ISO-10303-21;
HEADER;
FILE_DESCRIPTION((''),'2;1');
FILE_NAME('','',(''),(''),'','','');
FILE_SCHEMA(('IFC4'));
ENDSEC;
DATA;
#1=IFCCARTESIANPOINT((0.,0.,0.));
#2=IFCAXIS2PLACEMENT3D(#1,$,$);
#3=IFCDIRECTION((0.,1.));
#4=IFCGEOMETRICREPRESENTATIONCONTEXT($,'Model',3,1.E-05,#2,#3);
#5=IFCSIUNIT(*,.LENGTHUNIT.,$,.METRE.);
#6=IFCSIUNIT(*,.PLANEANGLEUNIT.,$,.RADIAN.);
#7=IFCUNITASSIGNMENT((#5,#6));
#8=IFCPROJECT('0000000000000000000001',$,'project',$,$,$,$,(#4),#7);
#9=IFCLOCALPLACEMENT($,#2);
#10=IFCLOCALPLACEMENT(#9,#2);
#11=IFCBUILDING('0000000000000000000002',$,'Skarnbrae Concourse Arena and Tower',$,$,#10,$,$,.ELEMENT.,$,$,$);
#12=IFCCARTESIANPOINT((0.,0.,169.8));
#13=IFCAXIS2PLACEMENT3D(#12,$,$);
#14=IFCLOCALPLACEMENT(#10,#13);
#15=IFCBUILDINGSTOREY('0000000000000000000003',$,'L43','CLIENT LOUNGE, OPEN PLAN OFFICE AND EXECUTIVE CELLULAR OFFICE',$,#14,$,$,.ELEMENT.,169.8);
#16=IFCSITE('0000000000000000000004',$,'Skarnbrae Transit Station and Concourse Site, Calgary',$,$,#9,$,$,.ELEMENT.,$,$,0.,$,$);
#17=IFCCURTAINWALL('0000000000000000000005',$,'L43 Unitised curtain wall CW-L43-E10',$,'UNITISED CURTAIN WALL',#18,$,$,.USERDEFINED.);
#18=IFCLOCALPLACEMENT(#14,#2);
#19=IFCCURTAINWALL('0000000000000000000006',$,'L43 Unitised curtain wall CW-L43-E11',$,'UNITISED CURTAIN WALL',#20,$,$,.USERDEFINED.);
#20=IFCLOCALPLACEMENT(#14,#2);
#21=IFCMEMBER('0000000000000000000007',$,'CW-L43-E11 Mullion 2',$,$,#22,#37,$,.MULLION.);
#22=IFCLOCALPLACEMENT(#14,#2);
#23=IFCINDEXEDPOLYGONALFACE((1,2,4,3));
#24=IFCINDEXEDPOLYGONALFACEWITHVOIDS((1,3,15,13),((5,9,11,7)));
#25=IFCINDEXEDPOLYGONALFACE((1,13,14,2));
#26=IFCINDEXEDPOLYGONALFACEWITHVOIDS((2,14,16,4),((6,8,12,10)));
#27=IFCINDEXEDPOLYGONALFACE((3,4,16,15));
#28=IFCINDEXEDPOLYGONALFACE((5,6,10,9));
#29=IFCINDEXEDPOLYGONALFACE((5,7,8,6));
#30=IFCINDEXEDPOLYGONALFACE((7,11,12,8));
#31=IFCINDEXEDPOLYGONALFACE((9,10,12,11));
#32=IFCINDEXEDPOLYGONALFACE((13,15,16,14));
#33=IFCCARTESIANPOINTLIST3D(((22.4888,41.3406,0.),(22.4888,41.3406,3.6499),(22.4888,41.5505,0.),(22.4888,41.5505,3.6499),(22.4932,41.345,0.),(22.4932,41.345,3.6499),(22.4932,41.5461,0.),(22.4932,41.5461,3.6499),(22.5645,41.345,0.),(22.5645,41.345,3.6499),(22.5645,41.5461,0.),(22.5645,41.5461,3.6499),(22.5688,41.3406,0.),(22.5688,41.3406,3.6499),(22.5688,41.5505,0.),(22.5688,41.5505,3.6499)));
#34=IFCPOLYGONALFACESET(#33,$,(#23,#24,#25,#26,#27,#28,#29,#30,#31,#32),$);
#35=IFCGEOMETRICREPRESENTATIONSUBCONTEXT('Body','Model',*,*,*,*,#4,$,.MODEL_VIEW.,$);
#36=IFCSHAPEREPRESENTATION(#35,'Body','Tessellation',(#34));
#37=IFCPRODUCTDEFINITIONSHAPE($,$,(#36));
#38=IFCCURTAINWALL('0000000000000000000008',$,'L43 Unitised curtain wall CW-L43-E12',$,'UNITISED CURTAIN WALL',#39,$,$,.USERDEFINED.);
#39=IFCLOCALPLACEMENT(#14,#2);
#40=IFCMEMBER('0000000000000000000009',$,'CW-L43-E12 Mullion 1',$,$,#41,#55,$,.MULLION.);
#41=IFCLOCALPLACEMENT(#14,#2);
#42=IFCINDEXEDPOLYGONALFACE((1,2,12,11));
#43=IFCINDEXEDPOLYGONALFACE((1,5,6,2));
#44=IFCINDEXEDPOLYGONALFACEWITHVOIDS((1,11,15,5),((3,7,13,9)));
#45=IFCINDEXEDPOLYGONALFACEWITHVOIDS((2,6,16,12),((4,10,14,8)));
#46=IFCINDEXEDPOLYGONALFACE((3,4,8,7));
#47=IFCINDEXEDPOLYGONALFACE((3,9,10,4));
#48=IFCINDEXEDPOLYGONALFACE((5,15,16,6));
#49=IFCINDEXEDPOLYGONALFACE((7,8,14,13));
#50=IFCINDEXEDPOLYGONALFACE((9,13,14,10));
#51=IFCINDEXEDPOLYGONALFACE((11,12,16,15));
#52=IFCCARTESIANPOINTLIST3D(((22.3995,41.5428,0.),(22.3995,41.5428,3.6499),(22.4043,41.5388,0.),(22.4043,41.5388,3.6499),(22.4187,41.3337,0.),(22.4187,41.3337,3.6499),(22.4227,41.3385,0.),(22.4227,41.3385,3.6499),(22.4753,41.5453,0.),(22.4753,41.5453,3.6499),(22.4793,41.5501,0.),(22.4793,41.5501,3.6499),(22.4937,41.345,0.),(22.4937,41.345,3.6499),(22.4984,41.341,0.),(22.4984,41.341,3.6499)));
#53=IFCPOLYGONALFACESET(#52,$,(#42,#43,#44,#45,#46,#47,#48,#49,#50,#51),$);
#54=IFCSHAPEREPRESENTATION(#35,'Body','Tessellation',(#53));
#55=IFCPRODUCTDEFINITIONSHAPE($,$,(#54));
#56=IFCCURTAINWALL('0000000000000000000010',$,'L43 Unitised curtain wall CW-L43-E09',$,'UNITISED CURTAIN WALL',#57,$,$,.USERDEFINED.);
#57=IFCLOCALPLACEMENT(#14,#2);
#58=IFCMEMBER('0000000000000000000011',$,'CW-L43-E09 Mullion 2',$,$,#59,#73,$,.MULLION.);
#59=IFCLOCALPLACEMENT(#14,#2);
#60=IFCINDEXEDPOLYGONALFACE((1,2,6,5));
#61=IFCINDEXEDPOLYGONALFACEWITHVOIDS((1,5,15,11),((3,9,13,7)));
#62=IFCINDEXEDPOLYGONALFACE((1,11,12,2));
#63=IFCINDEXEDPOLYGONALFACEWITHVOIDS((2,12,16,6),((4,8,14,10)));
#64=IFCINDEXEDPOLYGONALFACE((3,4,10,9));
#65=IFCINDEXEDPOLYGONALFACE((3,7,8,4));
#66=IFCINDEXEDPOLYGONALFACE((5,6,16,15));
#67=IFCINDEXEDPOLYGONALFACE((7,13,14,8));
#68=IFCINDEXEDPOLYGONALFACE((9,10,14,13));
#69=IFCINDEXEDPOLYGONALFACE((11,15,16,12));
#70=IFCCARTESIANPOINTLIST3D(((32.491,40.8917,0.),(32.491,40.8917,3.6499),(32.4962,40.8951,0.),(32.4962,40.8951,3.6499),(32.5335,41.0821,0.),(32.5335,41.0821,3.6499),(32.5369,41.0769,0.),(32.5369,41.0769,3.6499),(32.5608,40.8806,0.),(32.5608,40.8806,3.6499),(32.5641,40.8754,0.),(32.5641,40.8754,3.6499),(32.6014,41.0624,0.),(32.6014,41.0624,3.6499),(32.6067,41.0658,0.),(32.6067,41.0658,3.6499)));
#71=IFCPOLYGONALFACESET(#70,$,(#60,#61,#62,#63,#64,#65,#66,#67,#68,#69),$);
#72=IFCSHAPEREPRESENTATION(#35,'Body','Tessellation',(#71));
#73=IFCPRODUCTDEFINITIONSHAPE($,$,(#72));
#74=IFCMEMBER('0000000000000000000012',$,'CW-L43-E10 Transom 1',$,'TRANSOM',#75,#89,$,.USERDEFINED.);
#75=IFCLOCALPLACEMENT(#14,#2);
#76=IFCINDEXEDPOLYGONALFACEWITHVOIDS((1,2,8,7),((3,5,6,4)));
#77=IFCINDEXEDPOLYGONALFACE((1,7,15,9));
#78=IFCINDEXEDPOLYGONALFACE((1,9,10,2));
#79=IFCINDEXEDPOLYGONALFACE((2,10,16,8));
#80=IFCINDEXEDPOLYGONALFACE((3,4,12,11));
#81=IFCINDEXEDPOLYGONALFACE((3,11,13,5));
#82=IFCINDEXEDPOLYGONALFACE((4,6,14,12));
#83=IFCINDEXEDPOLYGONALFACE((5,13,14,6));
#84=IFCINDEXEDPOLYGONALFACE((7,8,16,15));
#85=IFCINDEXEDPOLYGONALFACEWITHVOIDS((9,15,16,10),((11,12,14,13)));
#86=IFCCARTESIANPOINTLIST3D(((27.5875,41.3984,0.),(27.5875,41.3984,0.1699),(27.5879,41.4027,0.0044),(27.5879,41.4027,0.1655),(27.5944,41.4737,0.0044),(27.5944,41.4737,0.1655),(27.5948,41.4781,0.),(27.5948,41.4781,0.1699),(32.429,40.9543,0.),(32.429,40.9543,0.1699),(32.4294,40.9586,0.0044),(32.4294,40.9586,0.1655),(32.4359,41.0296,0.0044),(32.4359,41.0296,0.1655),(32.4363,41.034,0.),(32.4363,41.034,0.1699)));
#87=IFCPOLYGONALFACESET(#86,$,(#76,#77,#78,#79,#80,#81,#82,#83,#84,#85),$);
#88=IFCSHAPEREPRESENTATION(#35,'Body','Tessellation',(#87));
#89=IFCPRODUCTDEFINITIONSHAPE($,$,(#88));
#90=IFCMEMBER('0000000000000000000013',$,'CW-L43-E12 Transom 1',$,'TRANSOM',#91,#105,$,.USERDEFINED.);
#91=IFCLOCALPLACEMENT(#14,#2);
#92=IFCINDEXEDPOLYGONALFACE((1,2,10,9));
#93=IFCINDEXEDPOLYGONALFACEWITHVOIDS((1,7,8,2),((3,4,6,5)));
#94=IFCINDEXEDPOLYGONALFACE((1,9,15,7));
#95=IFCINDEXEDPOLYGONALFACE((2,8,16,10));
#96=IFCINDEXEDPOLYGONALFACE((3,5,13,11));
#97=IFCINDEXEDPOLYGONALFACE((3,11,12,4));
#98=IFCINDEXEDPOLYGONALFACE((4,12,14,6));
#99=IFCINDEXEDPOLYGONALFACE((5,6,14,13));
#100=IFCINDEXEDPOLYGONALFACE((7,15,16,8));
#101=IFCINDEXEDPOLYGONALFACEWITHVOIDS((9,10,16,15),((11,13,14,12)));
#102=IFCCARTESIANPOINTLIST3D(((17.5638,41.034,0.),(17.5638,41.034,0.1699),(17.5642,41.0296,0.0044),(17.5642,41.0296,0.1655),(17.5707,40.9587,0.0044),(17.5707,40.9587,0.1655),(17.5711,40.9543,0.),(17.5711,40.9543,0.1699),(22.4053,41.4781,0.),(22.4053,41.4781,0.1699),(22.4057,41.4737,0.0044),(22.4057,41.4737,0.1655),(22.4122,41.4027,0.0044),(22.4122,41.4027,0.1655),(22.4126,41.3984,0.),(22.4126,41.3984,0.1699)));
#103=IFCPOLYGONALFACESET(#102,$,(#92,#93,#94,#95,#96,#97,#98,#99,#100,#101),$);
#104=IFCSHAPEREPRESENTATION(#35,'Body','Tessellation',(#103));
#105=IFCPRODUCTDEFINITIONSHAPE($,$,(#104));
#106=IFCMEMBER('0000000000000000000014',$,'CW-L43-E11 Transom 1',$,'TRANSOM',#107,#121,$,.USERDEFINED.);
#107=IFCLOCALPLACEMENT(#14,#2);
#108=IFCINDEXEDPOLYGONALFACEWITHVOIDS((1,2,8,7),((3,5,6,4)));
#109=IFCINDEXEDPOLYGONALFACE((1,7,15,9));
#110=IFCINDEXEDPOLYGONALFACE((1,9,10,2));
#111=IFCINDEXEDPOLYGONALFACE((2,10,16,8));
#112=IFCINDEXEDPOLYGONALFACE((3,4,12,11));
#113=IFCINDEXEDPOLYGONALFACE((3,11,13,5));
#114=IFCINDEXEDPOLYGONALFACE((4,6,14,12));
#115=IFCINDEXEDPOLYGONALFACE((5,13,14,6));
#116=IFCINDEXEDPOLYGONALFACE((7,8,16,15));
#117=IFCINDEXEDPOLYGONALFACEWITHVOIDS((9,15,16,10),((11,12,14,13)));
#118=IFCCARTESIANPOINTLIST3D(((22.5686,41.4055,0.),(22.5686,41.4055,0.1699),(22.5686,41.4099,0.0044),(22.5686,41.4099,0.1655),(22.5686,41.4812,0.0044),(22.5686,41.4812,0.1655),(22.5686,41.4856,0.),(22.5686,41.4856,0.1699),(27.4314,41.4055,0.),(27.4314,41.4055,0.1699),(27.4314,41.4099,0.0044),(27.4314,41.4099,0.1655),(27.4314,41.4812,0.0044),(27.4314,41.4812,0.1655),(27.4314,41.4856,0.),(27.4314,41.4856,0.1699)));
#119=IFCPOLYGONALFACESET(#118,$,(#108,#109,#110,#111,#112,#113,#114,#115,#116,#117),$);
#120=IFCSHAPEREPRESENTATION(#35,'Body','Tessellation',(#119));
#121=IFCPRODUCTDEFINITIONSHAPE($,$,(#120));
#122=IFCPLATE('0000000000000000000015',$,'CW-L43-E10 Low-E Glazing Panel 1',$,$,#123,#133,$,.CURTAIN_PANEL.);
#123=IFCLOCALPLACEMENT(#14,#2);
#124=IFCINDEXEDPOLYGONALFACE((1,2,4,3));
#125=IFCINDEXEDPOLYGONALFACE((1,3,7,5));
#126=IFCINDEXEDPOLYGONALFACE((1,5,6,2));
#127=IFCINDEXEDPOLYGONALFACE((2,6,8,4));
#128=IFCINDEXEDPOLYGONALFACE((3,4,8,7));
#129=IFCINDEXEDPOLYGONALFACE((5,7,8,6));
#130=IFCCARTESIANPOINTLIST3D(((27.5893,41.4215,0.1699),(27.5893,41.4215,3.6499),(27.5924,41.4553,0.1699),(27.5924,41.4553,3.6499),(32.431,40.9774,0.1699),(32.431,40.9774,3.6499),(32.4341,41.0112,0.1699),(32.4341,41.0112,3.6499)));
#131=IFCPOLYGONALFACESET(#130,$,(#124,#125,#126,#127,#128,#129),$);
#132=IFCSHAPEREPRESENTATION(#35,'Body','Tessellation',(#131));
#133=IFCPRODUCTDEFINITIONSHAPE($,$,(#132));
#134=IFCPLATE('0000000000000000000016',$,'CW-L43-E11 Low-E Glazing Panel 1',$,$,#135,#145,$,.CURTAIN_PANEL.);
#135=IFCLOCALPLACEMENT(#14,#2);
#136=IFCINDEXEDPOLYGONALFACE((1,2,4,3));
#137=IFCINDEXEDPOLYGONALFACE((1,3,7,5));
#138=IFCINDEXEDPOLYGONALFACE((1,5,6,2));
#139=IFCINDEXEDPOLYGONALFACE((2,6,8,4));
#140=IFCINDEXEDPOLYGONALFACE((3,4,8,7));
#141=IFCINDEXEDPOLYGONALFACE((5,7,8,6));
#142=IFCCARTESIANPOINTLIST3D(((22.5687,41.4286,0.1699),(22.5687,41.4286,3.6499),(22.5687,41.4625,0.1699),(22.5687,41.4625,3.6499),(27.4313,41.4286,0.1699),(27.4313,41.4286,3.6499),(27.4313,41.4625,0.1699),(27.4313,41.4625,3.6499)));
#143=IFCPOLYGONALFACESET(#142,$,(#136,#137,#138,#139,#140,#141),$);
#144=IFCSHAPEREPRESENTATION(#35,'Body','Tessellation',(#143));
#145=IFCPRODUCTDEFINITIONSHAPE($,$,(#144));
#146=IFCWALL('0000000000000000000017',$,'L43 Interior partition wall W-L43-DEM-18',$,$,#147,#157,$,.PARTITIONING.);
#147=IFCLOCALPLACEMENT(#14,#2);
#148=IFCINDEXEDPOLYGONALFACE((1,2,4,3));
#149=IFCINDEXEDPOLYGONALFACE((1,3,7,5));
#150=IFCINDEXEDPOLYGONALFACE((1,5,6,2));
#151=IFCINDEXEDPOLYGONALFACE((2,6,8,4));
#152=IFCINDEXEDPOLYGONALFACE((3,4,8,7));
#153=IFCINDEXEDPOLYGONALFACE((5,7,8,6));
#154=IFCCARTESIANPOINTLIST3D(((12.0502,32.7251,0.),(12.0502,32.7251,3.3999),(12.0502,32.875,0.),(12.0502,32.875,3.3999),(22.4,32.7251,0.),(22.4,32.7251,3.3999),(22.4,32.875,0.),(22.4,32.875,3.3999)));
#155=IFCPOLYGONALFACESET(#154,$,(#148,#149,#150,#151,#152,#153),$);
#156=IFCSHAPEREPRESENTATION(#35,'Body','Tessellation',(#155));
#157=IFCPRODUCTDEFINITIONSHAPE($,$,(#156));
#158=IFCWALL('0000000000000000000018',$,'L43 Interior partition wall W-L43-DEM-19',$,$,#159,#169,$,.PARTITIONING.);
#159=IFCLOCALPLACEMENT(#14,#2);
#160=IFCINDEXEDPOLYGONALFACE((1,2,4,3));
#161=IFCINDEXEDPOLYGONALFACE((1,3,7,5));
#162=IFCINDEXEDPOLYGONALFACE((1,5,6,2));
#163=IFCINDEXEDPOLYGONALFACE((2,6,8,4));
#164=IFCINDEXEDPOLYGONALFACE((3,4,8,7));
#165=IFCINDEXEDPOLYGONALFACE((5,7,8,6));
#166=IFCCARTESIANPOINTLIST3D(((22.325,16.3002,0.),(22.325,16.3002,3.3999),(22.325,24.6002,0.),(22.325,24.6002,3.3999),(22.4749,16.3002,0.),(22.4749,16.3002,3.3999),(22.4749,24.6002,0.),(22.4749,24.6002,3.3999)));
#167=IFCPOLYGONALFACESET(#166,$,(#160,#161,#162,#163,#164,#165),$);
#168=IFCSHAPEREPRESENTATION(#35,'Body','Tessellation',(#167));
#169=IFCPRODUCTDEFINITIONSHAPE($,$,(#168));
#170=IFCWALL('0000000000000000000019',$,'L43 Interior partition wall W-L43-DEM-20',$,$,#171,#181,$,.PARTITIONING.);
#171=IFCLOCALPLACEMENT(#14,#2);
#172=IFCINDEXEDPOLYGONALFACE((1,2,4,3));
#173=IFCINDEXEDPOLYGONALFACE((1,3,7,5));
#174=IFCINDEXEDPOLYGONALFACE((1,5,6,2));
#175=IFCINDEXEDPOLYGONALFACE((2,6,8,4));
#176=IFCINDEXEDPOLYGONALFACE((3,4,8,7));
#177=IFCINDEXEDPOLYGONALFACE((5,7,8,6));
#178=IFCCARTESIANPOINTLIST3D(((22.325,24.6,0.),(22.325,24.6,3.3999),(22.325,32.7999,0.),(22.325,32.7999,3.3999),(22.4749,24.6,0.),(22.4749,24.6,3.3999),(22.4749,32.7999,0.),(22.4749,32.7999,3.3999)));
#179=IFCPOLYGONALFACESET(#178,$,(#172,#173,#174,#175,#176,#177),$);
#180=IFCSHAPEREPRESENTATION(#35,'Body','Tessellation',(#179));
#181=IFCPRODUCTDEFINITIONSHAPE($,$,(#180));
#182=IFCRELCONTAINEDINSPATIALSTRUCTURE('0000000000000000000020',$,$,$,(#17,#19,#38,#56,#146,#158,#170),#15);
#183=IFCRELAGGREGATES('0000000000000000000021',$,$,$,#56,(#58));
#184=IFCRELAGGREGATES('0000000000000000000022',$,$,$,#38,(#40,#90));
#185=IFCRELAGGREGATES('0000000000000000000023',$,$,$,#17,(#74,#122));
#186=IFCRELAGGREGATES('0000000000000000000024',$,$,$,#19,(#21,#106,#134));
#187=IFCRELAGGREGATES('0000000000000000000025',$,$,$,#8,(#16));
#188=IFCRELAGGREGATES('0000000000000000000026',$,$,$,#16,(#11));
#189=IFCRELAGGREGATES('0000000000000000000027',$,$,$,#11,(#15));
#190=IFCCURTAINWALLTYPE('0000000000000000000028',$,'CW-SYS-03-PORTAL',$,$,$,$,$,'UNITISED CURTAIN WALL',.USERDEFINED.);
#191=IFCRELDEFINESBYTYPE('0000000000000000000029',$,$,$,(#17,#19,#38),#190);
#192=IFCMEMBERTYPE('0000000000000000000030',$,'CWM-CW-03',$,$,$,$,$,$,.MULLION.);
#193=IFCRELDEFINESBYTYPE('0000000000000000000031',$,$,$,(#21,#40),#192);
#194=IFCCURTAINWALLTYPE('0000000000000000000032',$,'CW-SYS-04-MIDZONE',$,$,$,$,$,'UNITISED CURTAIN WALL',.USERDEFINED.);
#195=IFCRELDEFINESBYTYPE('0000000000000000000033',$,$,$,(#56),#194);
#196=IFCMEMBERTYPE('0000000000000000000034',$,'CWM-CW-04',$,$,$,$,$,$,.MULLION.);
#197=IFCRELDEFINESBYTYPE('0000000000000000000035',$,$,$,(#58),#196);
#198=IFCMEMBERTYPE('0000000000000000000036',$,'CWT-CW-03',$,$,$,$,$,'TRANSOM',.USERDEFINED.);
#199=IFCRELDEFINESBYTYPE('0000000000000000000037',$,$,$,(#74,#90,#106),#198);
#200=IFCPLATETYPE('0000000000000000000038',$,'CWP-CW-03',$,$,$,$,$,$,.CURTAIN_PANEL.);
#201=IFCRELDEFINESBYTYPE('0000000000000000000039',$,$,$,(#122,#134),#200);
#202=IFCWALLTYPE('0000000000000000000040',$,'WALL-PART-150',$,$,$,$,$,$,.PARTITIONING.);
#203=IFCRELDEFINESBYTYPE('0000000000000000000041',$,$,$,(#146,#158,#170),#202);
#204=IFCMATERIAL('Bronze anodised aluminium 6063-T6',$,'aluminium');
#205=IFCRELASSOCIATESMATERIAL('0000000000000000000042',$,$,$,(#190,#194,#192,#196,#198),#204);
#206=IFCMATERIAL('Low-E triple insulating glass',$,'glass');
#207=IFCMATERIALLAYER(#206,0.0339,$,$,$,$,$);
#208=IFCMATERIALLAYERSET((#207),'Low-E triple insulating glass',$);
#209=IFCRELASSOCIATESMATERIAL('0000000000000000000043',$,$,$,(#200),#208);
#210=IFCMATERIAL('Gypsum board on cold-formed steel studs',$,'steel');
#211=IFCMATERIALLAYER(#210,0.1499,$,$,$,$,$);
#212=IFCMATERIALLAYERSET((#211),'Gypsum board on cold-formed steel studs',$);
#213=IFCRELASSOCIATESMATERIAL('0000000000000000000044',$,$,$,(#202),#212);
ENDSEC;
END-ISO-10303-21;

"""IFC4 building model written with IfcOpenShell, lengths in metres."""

from ifc_helpers import new_model, si_unit, direction, frame, frame_2d, origin, origin_2d, place, context, subcontext, project, spatial, rectangle, hollow_rectangle, extrude, source, transform, mapped, material, layer, layer_set, material_profile, profile_set, type_object, element, aggregate, save


model = new_model("IFC4")

# Units and contexts
model_context = context("Model", 3, precision=1e-05, world=origin(), true_north=direction((0.0, 1.0)))
body_context = subcontext(model_context, "Body", "Model", "MODEL_VIEW")
ifc_project = project(units=[si_unit("LENGTHUNIT", "METRE"), si_unit("PLANEANGLEUNIT", "RADIAN")], contexts=[model_context])

# Site, building, storey
site_placement = place(None, origin())
site = spatial("IfcSite", under=ifc_project, at=site_placement, Name="Skarnbrae Transit Station and Concourse Site, Calgary", CompositionType="ELEMENT", RefElevation=0.0)
building_placement = place(site_placement, origin())
building = spatial("IfcBuilding", under=site, at=building_placement, Name="Skarnbrae Concourse Arena and Tower", CompositionType="ELEMENT")
storey_placement = place(building_placement, frame((0.0, 0.0, 169.8)))
storey = spatial("IfcBuildingStorey", under=building, at=storey_placement, Name="L43", Description="CLIENT LOUNGE, OPEN PLAN OFFICE AND EXECUTIVE CELLULAR OFFICE", CompositionType="ELEMENT", Elevation=169.8)

# Curtain walls, member
ifc_material_1 = material(Name="Bronze anodised aluminium 6063-T6", Category="aluminium")
curtain_wall_type_1 = type_object("IfcCurtainWallType", Name="CW-SYS-03-PORTAL", ElementType="UNITISED CURTAIN WALL", PredefinedType="USERDEFINED", material=ifc_material_1)
curtain_wall_1_placement = place(storey_placement, origin())
curtain_wall_1 = element("IfcCurtainWall", 1, at=curtain_wall_1_placement, inside=storey, type_object=curtain_wall_type_1, Name="L43 Unitised curtain wall CW-L43-E10", ObjectType="UNITISED CURTAIN WALL", PredefinedType="USERDEFINED")
ifc_material_profile_1 = material_profile(ifc_material_1, hollow_rectangle(XDim=0.0801, YDim=0.21, WallThickness=0.0044, at=origin_2d()), Name="ALU-MULL-80X210")
ifc_profile_set_1 = profile_set([ifc_material_profile_1], Name="Bronze anodised aluminium 6063-T6")
member_type_1 = type_object("IfcMemberType", Name="CWM-CW-03", PredefinedType="MULLION", material=ifc_profile_set_1)
shared_shape_1 = source(origin(), body_context, "Body", "SweptSolid", [
    extrude(hollow_rectangle(XDim=0.0801, YDim=0.21, WallThickness=0.0044, at=origin_2d()), origin(), (0.0, 0.0, 1.0), 3.6499),
])
curtain_wall_2_placement = place(storey_placement, origin())
curtain_wall_2 = element("IfcCurtainWall", 2, at=curtain_wall_2_placement, inside=storey, type_object=curtain_wall_type_1, Name="L43 Unitised curtain wall CW-L43-E11", ObjectType="UNITISED CURTAIN WALL", PredefinedType="USERDEFINED")
member_1_placement = place(storey_placement, frame((22.5288, 41.4456, 0.0), z_axis=(0.0, 0.0, 1.0), x_axis=(-1.0, 0.0, 0.0)))
member_1 = element("IfcMember", 3, at=member_1_placement, type_object=member_type_1, Name="CW-L43-E11 Mullion 2", PredefinedType="MULLION", context=body_context, shape_type="MappedRepresentation", body=[
    mapped(shared_shape_1, transform((0.0, 0.0, 0.0))),
])

# Curtain walls, members
curtain_wall_3_placement = place(storey_placement, origin())
curtain_wall_3 = element("IfcCurtainWall", 4, at=curtain_wall_3_placement, inside=storey, type_object=curtain_wall_type_1, Name="L43 Unitised curtain wall CW-L43-E12", ObjectType="UNITISED CURTAIN WALL", PredefinedType="USERDEFINED")
member_2_placement = place(storey_placement, frame((22.449, 41.4419, 0.0), z_axis=(0.0, 0.0, 1.0), x_axis=(-0.99582, -0.091338, 0.0)))
member_2 = element("IfcMember", 5, at=member_2_placement, type_object=member_type_1, Name="CW-L43-E12 Mullion 1", PredefinedType="MULLION", context=body_context, shape_type="MappedRepresentation", body=[
    mapped(shared_shape_1, transform((0.0, 0.0, 0.0))),
])
curtain_wall_type_2 = type_object("IfcCurtainWallType", Name="CW-SYS-04-MIDZONE", ElementType="UNITISED CURTAIN WALL", PredefinedType="USERDEFINED", material=ifc_material_1)
curtain_wall_4_placement = place(storey_placement, origin())
curtain_wall_4 = element("IfcCurtainWall", 6, at=curtain_wall_4_placement, inside=storey, type_object=curtain_wall_type_2, Name="L43 Unitised curtain wall CW-L43-E09", ObjectType="UNITISED CURTAIN WALL", PredefinedType="USERDEFINED")
ifc_material_profile_2 = material_profile(ifc_material_1, hollow_rectangle(XDim=0.075, YDim=0.1951, WallThickness=0.0044, at=origin_2d()), Name="ALU-MULL-75X195")
ifc_profile_set_2 = profile_set([ifc_material_profile_2], Name="Bronze anodised aluminium 6063-T6")
member_type_2 = type_object("IfcMemberType", Name="CWM-CW-04", PredefinedType="MULLION", material=ifc_profile_set_2)
shared_shape_2 = source(origin(), body_context, "Body", "SweptSolid", [
    extrude(hollow_rectangle(XDim=0.075, YDim=0.1951, WallThickness=0.0044, at=origin_2d()), origin(), (0.0, 0.0, 1.0), 3.6499),
])
member_3_placement = place(storey_placement, frame((32.5488, 40.9788, 0.0), z_axis=(0.0, 0.0, 1.0), x_axis=(-0.975936, 0.218056, 0.0)))
member_3 = element("IfcMember", 7, at=member_3_placement, type_object=member_type_2, Name="CW-L43-E09 Mullion 2", PredefinedType="MULLION", context=body_context, shape_type="MappedRepresentation", body=[
    mapped(shared_shape_2, transform((0.0, 0.0, 0.0))),
])
aggregate(curtain_wall_4, [member_3])

# Members
ifc_material_profile_3 = material_profile(ifc_material_1, hollow_rectangle(XDim=0.0801, YDim=0.1699, WallThickness=0.0044, at=origin_2d()), Name="ALU-TRAN-80X170")
ifc_profile_set_3 = profile_set([ifc_material_profile_3], Name="Bronze anodised aluminium 6063-T6")
member_type_3 = type_object("IfcMemberType", Name="CWT-CW-03", ElementType="TRANSOM", PredefinedType="USERDEFINED", material=ifc_profile_set_3)
shared_shape_3 = source(origin(), body_context, "Body", "SweptSolid", [
    extrude(hollow_rectangle(XDim=0.0801, YDim=0.1699, WallThickness=0.0044, at=origin_2d()), origin(), (0.0, 0.0, 1.0), 4.8618),
])
member_4_placement = place(storey_placement, frame((32.4326, 40.9941, 0.085), z_axis=(-0.99582, 0.091342, 0.0), x_axis=(-0.091342, -0.99582, 0.0)))
member_4 = element("IfcMember", 8, at=member_4_placement, type_object=member_type_3, Name="CW-L43-E10 Transom 1", ObjectType="TRANSOM", PredefinedType="USERDEFINED", context=body_context, shape_type="MappedRepresentation", body=[
    mapped(shared_shape_3, transform((0.0, 0.0, 0.0))),
])
member_5_placement = place(storey_placement, frame((22.4089, 41.4382, 0.085), z_axis=(-0.99582, -0.091342, 0.0), x_axis=(0.091342, -0.99582, 0.0)))
member_5 = element("IfcMember", 9, at=member_5_placement, type_object=member_type_3, Name="CW-L43-E12 Transom 1", ObjectType="TRANSOM", PredefinedType="USERDEFINED", context=body_context, shape_type="MappedRepresentation", body=[
    mapped(shared_shape_3, transform((0.0, 0.0, 0.0))),
])
aggregate(curtain_wall_3, [member_2, member_5])
shared_shape_4 = source(origin(), body_context, "Body", "SweptSolid", [
    extrude(hollow_rectangle(XDim=0.0801, YDim=0.1699, WallThickness=0.0044, at=origin_2d()), origin(), (0.0, 0.0, 1.0), 4.8628),
])
member_6_placement = place(storey_placement, frame((27.4314, 41.4456, 0.085), z_axis=(-1.0, 0.0, 0.0), x_axis=(0.0, -1.0, 0.0)))
member_6 = element("IfcMember", 10, at=member_6_placement, type_object=member_type_3, Name="CW-L43-E11 Transom 1", ObjectType="TRANSOM", PredefinedType="USERDEFINED", context=body_context, shape_type="MappedRepresentation", body=[
    mapped(shared_shape_4, transform((0.0, 0.0, 0.0))),
])

# Plates
ifc_material_2 = material(Name="Low-E triple insulating glass", Category="glass")
ifc_layer_1 = layer(ifc_material_2, 0.0339)
ifc_layer_set_1 = layer_set([ifc_layer_1], Name="Low-E triple insulating glass")
plate_type = type_object("IfcPlateType", Name="CWP-CW-03", PredefinedType="CURTAIN_PANEL", material=ifc_layer_set_1)
shared_shape_5 = source(origin(), body_context, "Body", "SweptSolid", [
    extrude(rectangle(XDim=4.8621, YDim=0.0339, at=origin_2d()), origin(), (0.0, 0.0, 1.0), 3.48),
])
plate_1_placement = place(storey_placement, frame((30.0117, 41.2163, 0.1699), z_axis=(0.0, 0.0, 1.0), x_axis=(-0.99582, 0.091338, 0.0)))
plate_1 = element("IfcPlate", 11, at=plate_1_placement, type_object=plate_type, Name="CW-L43-E10 Low-E Glazing Panel 1", PredefinedType="CURTAIN_PANEL", context=body_context, shape_type="MappedRepresentation", body=[
    mapped(shared_shape_5, transform((0.0, 0.0, 0.0))),
])
aggregate(curtain_wall_1, [member_4, plate_1])
shared_shape_6 = source(origin(), body_context, "Body", "SweptSolid", [
    extrude(rectangle(XDim=4.8625, YDim=0.0339, at=origin_2d()), origin(), (0.0, 0.0, 1.0), 3.48),
])
plate_2_placement = place(storey_placement, frame((25.0, 41.4456, 0.1699), z_axis=(0.0, 0.0, 1.0), x_axis=(-1.0, 0.0, 0.0)))
plate_2 = element("IfcPlate", 12, at=plate_2_placement, type_object=plate_type, Name="CW-L43-E11 Low-E Glazing Panel 1", PredefinedType="CURTAIN_PANEL", context=body_context, shape_type="MappedRepresentation", body=[
    mapped(shared_shape_6, transform((0.0, 0.0, 0.0))),
])
aggregate(curtain_wall_2, [member_1, member_6, plate_2])

# Walls
ifc_material_3 = material(Name="Gypsum board on cold-formed steel studs", Category="steel")
ifc_layer_2 = layer(ifc_material_3, 0.1499)
ifc_layer_set_2 = layer_set([ifc_layer_2], Name="Gypsum board on cold-formed steel studs")
wall_type = type_object("IfcWallType", Name="WALL-PART-150", PredefinedType="PARTITIONING", material=ifc_layer_set_2)
shared_shape_7 = source(origin(), body_context, "Body", "SweptSolid", [
    extrude(rectangle(XDim=10.3499, YDim=0.1499, at=frame_2d((5.1748, 0.0))), origin(), (0.0, 0.0, 1.0), 3.3999),
])
wall_1_placement = place(storey_placement, frame((22.3999, 32.8, 0.0), z_axis=(0.0, 0.0, 1.0), x_axis=(-1.0, 0.0, 0.0)))
element("IfcWall", 13, at=wall_1_placement, inside=storey, type_object=wall_type, Name="L43 Interior partition wall W-L43-DEM-18", PredefinedType="PARTITIONING", context=body_context, shape_type="MappedRepresentation", body=[
    mapped(shared_shape_7, transform((0.0, 0.0, 0.0))),
])
shared_shape_8 = source(origin(), body_context, "Body", "SweptSolid", [
    extrude(rectangle(XDim=8.3, YDim=0.1499, at=frame_2d((4.1499, 0.0))), origin(), (0.0, 0.0, 1.0), 3.3999),
])
wall_2_placement = place(storey_placement, frame((22.3999, 24.6001, 0.0), z_axis=(0.0, 0.0, 1.0), x_axis=(0.0, -1.0, 0.0)))
element("IfcWall", 14, at=wall_2_placement, inside=storey, type_object=wall_type, Name="L43 Interior partition wall W-L43-DEM-19", PredefinedType="PARTITIONING", context=body_context, shape_type="MappedRepresentation", body=[
    mapped(shared_shape_8, transform((0.0, 0.0, 0.0))),
])
shared_shape_9 = source(origin(), body_context, "Body", "SweptSolid", [
    extrude(rectangle(XDim=8.2, YDim=0.1499, at=frame_2d((4.1001, 0.0))), origin(), (0.0, 0.0, 1.0), 3.3999),
])
wall_3_placement = place(storey_placement, frame((22.3999, 32.8, 0.0), z_axis=(0.0, 0.0, 1.0), x_axis=(0.0, -1.0, 0.0)))
element("IfcWall", 15, at=wall_3_placement, inside=storey, type_object=wall_type, Name="L43 Interior partition wall W-L43-DEM-20", PredefinedType="PARTITIONING", context=body_context, shape_type="MappedRepresentation", body=[
    mapped(shared_shape_9, transform((0.0, 0.0, 0.0))),
])

save(model, "model.ifc")
